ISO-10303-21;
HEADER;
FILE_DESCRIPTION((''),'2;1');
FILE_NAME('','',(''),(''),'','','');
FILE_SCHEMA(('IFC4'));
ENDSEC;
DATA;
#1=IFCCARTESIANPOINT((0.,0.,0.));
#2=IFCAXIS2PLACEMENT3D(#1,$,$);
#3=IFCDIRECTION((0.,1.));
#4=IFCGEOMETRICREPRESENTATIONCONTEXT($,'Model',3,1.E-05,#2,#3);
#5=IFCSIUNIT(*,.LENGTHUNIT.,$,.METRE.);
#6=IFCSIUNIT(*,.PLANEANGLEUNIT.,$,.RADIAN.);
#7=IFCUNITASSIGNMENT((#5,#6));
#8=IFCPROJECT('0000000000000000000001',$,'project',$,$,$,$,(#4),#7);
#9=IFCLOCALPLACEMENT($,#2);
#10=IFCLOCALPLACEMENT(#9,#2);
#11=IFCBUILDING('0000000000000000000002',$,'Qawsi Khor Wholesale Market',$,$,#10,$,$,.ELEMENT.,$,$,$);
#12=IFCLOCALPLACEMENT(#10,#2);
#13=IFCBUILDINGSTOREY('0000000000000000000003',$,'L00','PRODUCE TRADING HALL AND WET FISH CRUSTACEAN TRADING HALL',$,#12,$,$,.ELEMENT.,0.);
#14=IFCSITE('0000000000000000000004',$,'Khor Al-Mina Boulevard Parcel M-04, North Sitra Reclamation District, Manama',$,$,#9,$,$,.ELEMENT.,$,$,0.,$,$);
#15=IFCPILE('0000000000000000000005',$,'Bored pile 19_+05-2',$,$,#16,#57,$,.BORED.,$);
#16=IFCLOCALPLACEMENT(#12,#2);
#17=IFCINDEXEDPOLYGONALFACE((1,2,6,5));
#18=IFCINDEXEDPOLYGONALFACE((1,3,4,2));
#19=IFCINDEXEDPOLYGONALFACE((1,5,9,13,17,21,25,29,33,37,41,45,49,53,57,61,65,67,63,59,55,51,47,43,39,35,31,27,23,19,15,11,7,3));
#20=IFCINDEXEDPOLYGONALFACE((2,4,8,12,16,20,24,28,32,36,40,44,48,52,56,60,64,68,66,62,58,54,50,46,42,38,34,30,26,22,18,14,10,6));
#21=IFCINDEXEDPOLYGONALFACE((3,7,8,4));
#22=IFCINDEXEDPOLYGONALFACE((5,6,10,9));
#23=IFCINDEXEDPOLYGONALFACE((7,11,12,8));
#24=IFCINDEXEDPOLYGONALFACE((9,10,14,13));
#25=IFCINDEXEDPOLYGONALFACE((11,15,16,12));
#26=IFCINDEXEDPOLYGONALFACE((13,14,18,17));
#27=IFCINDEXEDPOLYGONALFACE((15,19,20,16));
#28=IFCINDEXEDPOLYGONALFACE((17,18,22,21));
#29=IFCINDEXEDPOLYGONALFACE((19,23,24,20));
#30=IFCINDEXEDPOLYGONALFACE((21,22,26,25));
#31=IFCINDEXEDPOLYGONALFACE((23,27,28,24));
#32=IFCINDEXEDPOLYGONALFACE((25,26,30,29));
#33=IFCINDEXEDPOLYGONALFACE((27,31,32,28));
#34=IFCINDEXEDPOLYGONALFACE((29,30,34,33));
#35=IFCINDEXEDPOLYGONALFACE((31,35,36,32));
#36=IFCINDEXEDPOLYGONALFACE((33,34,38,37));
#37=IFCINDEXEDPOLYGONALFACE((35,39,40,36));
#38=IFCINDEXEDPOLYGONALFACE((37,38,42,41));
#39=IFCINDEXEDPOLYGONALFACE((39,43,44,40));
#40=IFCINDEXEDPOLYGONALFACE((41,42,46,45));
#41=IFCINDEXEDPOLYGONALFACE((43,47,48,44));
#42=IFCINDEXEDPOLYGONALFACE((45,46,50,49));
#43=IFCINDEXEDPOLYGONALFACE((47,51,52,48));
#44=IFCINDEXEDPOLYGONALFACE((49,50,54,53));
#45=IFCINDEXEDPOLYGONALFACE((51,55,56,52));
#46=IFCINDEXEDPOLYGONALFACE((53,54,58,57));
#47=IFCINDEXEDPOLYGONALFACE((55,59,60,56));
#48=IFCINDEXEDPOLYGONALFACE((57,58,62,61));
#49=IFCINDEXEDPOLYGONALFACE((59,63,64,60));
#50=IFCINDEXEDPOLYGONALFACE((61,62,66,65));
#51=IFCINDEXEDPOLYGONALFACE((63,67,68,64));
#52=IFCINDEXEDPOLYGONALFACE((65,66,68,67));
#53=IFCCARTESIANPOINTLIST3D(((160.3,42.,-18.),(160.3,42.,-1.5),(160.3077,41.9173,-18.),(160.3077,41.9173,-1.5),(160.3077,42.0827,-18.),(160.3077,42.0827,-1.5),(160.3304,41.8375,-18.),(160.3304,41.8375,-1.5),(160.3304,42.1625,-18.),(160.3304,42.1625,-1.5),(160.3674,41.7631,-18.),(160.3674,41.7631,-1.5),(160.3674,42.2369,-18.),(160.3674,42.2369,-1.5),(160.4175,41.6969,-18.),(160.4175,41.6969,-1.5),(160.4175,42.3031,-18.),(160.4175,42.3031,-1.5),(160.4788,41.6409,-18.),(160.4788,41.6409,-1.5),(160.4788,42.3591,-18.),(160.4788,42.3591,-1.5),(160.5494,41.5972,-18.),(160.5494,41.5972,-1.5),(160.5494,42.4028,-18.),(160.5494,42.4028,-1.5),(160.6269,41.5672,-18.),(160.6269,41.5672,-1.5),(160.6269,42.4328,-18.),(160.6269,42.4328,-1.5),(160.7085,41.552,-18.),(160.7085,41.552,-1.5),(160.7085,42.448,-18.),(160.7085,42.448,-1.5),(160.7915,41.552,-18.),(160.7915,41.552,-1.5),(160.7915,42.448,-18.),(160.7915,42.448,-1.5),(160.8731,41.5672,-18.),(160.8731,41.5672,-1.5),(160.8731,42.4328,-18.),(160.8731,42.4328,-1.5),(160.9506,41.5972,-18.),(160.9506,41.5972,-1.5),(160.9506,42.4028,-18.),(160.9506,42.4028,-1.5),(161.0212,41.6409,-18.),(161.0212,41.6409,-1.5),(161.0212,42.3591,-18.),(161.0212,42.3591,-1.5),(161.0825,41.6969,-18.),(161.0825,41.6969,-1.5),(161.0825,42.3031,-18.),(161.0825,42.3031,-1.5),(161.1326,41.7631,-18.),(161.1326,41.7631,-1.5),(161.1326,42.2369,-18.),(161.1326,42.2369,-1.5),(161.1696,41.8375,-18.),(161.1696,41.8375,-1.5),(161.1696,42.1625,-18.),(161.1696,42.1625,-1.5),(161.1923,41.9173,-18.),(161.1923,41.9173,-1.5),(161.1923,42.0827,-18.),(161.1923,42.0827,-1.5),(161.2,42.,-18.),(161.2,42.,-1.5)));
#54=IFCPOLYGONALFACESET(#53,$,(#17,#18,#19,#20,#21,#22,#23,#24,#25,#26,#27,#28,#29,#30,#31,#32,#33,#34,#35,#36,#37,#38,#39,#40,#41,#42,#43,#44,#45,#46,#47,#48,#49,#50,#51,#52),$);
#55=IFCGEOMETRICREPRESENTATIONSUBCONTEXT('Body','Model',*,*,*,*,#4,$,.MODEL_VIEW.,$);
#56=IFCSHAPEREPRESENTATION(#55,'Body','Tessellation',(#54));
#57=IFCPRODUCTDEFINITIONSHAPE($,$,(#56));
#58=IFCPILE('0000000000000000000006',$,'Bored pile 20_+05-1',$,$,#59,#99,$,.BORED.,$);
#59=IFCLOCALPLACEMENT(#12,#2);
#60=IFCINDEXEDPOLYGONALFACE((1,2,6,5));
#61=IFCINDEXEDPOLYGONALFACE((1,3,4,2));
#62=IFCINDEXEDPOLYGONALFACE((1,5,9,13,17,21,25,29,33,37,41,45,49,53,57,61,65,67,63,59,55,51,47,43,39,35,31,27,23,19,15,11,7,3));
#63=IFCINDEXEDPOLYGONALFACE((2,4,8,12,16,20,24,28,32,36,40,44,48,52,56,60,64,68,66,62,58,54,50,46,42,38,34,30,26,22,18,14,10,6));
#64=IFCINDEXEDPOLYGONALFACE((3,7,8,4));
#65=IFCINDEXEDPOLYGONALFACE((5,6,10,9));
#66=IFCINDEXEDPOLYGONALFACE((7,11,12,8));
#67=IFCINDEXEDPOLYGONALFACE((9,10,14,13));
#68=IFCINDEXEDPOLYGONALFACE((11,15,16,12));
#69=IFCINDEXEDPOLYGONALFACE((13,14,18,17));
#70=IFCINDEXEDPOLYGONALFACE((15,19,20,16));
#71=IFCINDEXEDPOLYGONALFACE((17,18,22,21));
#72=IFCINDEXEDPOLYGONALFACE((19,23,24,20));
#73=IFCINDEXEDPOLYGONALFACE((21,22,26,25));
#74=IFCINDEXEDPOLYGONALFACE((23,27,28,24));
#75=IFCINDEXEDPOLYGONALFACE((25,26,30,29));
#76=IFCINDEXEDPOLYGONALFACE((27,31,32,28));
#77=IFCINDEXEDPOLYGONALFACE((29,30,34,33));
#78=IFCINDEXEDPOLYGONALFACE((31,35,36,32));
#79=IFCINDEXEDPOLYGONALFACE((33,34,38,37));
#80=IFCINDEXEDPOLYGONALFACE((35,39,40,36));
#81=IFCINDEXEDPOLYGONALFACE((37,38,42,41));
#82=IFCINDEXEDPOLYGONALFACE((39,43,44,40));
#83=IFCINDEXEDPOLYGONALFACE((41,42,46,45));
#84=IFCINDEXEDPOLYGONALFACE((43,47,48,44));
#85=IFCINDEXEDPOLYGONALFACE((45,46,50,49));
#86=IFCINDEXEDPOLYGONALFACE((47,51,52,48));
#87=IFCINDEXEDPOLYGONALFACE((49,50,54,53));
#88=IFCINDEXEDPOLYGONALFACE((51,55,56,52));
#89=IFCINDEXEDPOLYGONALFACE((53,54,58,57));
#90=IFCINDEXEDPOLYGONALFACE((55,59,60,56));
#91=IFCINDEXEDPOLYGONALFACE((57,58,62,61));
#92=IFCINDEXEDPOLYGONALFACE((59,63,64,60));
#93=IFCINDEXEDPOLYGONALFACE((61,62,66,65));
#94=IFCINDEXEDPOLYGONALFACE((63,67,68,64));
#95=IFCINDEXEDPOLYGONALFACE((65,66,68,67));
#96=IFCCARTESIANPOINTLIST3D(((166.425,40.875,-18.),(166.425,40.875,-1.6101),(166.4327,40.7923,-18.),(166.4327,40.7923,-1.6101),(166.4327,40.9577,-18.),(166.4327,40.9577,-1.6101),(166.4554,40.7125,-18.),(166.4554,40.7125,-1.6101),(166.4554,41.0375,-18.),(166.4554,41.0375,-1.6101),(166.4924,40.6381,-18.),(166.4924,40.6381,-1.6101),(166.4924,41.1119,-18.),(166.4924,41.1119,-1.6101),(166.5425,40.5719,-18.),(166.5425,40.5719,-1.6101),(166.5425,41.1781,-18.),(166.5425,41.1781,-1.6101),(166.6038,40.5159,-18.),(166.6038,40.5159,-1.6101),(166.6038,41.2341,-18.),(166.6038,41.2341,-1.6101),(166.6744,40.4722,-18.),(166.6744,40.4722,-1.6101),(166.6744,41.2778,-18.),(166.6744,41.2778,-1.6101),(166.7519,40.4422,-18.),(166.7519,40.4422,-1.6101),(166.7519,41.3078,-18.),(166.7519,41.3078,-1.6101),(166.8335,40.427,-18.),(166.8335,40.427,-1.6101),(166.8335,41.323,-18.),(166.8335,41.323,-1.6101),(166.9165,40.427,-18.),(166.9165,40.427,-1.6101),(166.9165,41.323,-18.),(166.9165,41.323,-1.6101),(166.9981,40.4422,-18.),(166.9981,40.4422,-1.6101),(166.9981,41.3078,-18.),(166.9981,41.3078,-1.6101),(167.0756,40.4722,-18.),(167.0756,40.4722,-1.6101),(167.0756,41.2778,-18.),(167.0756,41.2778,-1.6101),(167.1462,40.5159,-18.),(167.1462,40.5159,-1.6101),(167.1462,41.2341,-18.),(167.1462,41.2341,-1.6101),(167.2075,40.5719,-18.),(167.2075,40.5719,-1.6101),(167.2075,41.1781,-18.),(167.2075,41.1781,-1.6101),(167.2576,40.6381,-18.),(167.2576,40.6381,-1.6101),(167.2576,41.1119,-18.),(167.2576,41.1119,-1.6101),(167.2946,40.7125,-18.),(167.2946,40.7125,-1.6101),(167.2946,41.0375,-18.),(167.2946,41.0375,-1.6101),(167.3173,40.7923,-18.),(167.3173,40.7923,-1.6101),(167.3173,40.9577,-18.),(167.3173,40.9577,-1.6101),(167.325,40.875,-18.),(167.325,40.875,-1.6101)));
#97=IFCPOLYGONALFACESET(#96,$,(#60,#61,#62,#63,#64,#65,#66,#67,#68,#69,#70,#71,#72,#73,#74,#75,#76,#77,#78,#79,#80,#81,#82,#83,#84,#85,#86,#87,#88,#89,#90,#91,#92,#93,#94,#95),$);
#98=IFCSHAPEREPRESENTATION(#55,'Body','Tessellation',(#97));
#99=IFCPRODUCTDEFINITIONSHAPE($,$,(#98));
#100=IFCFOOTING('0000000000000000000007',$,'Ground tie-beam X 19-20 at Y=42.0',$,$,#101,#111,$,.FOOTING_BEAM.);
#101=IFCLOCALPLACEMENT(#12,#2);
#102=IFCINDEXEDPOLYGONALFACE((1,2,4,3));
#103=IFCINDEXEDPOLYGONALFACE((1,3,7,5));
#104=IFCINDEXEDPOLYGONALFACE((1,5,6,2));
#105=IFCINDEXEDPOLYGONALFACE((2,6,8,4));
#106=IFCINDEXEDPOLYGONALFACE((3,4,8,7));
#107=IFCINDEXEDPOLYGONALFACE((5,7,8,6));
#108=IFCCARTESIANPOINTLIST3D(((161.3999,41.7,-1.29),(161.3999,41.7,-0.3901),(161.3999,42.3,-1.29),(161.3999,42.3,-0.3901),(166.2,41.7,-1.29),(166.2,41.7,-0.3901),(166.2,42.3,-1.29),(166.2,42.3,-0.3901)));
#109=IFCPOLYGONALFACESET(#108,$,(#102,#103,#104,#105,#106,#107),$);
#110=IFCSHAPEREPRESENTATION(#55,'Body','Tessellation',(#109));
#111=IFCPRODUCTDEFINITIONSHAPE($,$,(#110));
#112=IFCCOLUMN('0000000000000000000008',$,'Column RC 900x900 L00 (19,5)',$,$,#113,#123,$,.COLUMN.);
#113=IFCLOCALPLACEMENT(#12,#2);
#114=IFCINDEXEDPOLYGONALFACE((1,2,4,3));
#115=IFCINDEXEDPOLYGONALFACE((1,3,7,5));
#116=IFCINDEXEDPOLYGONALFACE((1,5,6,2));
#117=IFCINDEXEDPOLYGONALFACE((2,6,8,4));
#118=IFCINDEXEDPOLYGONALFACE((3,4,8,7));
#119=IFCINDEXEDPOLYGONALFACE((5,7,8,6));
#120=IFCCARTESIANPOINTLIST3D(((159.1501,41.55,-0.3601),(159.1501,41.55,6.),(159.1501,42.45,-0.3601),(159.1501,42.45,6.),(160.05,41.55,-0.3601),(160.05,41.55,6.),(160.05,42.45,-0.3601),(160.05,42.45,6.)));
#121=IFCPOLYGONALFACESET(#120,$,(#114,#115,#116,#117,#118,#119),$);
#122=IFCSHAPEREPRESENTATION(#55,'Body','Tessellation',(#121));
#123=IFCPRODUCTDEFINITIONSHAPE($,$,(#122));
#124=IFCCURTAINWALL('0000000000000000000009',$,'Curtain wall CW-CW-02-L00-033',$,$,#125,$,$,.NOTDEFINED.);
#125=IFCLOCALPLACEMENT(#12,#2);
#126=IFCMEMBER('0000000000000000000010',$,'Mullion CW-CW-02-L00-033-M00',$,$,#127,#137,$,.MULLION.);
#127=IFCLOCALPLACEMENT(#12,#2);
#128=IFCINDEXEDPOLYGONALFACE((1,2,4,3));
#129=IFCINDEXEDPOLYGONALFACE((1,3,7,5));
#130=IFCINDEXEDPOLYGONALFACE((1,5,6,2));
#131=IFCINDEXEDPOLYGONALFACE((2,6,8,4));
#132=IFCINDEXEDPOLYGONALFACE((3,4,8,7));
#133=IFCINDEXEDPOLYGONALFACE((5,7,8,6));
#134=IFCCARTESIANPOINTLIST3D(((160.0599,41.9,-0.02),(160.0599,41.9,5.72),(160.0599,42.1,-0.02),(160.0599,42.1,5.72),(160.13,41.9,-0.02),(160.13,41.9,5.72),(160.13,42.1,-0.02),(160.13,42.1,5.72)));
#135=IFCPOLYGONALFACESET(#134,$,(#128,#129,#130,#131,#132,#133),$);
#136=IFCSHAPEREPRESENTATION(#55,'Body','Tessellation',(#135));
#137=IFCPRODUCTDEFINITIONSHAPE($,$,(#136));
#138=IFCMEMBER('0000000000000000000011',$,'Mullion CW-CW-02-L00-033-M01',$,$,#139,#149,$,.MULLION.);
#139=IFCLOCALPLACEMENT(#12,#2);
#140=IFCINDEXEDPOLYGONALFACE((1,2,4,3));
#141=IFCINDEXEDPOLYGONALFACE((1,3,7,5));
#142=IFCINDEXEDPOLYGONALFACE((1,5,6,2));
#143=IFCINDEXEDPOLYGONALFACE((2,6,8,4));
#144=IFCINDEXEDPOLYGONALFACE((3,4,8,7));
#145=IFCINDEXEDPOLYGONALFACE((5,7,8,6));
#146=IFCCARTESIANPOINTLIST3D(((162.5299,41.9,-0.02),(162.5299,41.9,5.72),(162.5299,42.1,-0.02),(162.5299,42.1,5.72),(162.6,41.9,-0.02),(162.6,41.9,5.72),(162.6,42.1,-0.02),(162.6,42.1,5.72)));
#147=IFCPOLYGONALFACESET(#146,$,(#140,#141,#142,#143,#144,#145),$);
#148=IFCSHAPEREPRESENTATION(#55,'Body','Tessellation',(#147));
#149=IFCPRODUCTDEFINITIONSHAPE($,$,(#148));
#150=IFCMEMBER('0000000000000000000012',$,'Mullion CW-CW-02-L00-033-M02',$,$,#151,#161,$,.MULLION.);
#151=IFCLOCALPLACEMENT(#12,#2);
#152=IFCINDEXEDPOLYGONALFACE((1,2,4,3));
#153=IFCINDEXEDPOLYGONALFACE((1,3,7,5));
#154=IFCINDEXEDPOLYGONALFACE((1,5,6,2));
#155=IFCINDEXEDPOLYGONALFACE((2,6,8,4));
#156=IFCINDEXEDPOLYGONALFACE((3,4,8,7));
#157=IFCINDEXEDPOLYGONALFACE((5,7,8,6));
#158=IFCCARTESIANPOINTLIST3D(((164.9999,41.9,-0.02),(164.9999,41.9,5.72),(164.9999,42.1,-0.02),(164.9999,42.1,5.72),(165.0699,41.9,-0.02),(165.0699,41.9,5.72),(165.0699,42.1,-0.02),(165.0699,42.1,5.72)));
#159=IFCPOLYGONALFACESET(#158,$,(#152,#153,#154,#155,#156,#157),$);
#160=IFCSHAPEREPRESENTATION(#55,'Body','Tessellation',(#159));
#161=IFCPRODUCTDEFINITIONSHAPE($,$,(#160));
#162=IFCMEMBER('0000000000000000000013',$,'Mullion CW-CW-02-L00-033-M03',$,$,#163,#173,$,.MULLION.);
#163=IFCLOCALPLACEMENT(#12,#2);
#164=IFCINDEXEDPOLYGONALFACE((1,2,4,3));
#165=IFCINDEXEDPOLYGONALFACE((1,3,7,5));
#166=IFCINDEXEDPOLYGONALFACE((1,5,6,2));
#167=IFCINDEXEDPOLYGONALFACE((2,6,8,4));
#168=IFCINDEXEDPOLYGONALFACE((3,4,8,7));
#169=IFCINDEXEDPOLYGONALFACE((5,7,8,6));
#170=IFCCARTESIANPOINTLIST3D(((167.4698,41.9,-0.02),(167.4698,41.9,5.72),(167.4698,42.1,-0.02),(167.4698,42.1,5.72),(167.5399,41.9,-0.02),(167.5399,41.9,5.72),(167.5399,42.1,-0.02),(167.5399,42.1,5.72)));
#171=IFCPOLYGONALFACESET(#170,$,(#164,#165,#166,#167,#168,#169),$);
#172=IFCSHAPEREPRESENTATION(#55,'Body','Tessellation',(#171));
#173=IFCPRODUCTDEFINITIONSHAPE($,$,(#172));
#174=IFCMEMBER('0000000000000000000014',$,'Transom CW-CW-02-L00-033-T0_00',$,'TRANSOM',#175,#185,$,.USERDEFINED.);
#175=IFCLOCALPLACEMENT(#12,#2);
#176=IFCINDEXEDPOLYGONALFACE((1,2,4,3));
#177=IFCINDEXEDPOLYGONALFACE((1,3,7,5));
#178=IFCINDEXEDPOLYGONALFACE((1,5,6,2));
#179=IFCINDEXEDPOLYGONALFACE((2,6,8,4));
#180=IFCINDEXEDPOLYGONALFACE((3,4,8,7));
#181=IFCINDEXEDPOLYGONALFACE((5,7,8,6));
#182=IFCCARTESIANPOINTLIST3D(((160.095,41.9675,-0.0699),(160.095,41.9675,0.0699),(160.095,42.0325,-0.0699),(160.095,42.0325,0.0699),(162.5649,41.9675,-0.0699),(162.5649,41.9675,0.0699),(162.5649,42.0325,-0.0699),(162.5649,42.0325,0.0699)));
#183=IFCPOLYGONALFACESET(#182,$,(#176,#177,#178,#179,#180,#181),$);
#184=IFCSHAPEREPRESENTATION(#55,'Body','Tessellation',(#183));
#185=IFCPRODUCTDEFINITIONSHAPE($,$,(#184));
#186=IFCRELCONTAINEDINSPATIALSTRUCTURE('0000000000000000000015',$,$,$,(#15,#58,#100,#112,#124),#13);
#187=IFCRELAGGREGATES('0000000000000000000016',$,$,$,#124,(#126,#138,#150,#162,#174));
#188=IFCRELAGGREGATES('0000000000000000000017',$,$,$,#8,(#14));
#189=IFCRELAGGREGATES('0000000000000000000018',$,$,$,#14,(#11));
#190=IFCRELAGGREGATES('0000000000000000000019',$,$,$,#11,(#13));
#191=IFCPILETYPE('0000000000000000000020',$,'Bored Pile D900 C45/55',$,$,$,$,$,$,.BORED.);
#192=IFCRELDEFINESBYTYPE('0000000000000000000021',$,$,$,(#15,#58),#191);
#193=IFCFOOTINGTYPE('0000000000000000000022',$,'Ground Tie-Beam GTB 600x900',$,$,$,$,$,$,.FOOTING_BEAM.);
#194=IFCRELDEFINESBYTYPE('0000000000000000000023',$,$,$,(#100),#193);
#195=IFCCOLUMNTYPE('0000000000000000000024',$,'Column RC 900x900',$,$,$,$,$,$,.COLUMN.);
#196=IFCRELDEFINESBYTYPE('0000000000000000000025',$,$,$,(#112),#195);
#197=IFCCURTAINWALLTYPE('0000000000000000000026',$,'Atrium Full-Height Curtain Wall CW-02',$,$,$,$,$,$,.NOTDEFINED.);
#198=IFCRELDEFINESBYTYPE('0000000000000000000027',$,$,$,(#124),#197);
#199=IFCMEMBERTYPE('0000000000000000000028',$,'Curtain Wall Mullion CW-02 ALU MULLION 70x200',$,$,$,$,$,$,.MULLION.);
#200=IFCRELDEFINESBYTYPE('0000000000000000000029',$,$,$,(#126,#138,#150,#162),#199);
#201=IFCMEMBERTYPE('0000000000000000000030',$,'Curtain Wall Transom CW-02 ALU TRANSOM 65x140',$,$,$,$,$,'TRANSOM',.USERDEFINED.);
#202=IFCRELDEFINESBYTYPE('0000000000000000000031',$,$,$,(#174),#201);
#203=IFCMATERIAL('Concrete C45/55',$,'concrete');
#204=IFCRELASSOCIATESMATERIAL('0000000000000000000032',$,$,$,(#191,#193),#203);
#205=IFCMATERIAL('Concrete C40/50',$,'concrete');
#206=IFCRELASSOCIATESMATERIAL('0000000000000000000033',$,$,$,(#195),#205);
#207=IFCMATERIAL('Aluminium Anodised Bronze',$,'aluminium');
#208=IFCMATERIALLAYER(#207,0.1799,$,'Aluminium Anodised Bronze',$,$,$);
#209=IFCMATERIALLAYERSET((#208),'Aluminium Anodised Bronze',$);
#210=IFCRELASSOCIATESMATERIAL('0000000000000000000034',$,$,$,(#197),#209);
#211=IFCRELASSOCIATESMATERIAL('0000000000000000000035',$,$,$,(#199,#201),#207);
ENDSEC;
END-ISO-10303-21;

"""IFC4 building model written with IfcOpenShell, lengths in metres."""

from ifc_helpers import new_model, si_unit, direction, frame, origin, origin_2d, place, context, subcontext, project, spatial, rectangle, circle, extrude, material, layer, layer_set, material_profile, profile_set, type_object, element, aggregate, save


model = new_model("IFC4")

# Units and contexts
model_context = context("Model", 3, precision=1e-05, world=origin(), true_north=direction((0.0, 1.0)))
body_context = subcontext(model_context, "Body", "Model", "MODEL_VIEW")
ifc_project = project(units=[si_unit("LENGTHUNIT", "METRE"), si_unit("PLANEANGLEUNIT", "RADIAN")], contexts=[model_context])

# Site, building, storey
site_placement = place(None, origin())
site = spatial("IfcSite", under=ifc_project, at=site_placement, Name="Khor Al-Mina Boulevard Parcel M-04, North Sitra Reclamation District, Manama", CompositionType="ELEMENT", RefElevation=0.0)
building_placement = place(site_placement, origin())
building = spatial("IfcBuilding", under=site, at=building_placement, Name="Qawsi Khor Wholesale Market", CompositionType="ELEMENT")
storey_placement = place(building_placement, origin())
storey = spatial("IfcBuildingStorey", under=building, at=storey_placement, Name="L00", Description="PRODUCE TRADING HALL AND WET FISH CRUSTACEAN TRADING HALL", CompositionType="ELEMENT", Elevation=0.0)

# Piles
ifc_material_1 = material(Name="Concrete C45/55", Category="concrete")
ifc_material_profile_1 = material_profile(ifc_material_1, circle(Radius=0.45, at=origin_2d()), Name="PILE D900")
ifc_profile_set_1 = profile_set([ifc_material_profile_1], Name="Concrete C45/55")
pile_type = type_object("IfcPileType", Name="Bored Pile D900 C45/55", PredefinedType="BORED", material=ifc_profile_set_1)
pile_1_placement = place(storey_placement, frame((160.75, 42.0, -1.5), z_axis=(0.0, 0.0, -1.0), x_axis=(1.0, 0.0, 0.0)))
element("IfcPile", 1, at=pile_1_placement, inside=storey, type_object=pile_type, Name="Bored pile 19_+05-2", PredefinedType="BORED", context=body_context, shape_type="SweptSolid", body=[
    extrude(circle(Radius=0.45, at=origin_2d()), origin(), (0.0, 0.0, 1.0), 16.5),
])
pile_2_placement = place(storey_placement, frame((166.875, 40.875, -1.6101), z_axis=(0.0, 0.0, -1.0), x_axis=(1.0, 0.0, 0.0)))
element("IfcPile", 2, at=pile_2_placement, inside=storey, type_object=pile_type, Name="Bored pile 20_+05-1", PredefinedType="BORED", context=body_context, shape_type="SweptSolid", body=[
    extrude(circle(Radius=0.45, at=origin_2d()), origin(), (0.0, 0.0, 1.0), 16.3899),
])

# Footing
ifc_material_profile_2 = material_profile(ifc_material_1, rectangle(XDim=0.6001, YDim=0.8999, at=origin_2d()), Name="RC 600x900")
ifc_profile_set_2 = profile_set([ifc_material_profile_2], Name="Concrete C45/55")
footing_type = type_object("IfcFootingType", Name="Ground Tie-Beam GTB 600x900", PredefinedType="FOOTING_BEAM", material=ifc_profile_set_2)
footing_placement = place(storey_placement, frame((161.3999, 42.0, -0.8401), z_axis=(1.0, 0.0, 0.0), x_axis=(0.0, 1.0, 0.0)))
element("IfcFooting", 3, at=footing_placement, inside=storey, type_object=footing_type, Name="Ground tie-beam X 19-20 at Y=42.0", PredefinedType="FOOTING_BEAM", context=body_context, shape_type="SweptSolid", body=[
    extrude(rectangle(XDim=0.6001, YDim=0.8999, at=origin_2d()), origin(), (0.0, 0.0, 1.0), 4.8),
])

# Column
ifc_material_2 = material(Name="Concrete C40/50", Category="concrete")
ifc_material_profile_3 = material_profile(ifc_material_2, rectangle(XDim=0.8999, YDim=0.8999, at=origin_2d()), Name="RC 900x900")
ifc_profile_set_3 = profile_set([ifc_material_profile_3], Name="Concrete C40/50")
column_type = type_object("IfcColumnType", Name="Column RC 900x900", PredefinedType="COLUMN", material=ifc_profile_set_3)
column_placement = place(storey_placement, frame((159.6001, 42.0, -0.3601), z_axis=(0.0, 0.0, 1.0), x_axis=(1.0, 0.0, 0.0)))
element("IfcColumn", 4, at=column_placement, inside=storey, type_object=column_type, Name="Column RC 900x900 L00 (19,5)", PredefinedType="COLUMN", context=body_context, shape_type="SweptSolid", body=[
    extrude(rectangle(XDim=0.8999, YDim=0.8999, at=origin_2d()), origin(), (0.0, 0.0, 1.0), 6.3601),
])

# Curtain wall, members
ifc_material_3 = material(Name="Aluminium Anodised Bronze", Category="aluminium")
ifc_layer_1 = layer(ifc_material_3, 0.1799, Name="Aluminium Anodised Bronze")
ifc_layer_set_1 = layer_set([ifc_layer_1], Name="Aluminium Anodised Bronze")
curtain_wall_type = type_object("IfcCurtainWallType", Name="Atrium Full-Height Curtain Wall CW-02", PredefinedType="NOTDEFINED", material=ifc_layer_set_1)
curtain_wall_placement = place(storey_placement, origin())
curtain_wall = element("IfcCurtainWall", 5, at=curtain_wall_placement, inside=storey, type_object=curtain_wall_type, Name="Curtain wall CW-CW-02-L00-033", PredefinedType="NOTDEFINED")
ifc_material_profile_4 = material_profile(ifc_material_3, rectangle(XDim=0.0701, YDim=0.2, at=origin_2d()), Name="ALU MULLION 70x200")
ifc_profile_set_4 = profile_set([ifc_material_profile_4], Name="Aluminium Anodised Bronze")
member_type_1 = type_object("IfcMemberType", Name="Curtain Wall Mullion CW-02 ALU MULLION 70x200", PredefinedType="MULLION", material=ifc_profile_set_4)
member_1_placement = place(storey_placement, frame((160.095, 42.0, -0.02), z_axis=(0.0, 0.0, 1.0), x_axis=(1.0, 0.0, 0.0)))
member_1 = element("IfcMember", 6, at=member_1_placement, type_object=member_type_1, Name="Mullion CW-CW-02-L00-033-M00", PredefinedType="MULLION", context=body_context, shape_type="SweptSolid", body=[
    extrude(rectangle(XDim=0.0701, YDim=0.2, at=origin_2d()), origin(), (0.0, 0.0, 1.0), 5.74),
])
member_2_placement = place(storey_placement, frame((162.5649, 42.0, -0.02), z_axis=(0.0, 0.0, 1.0), x_axis=(1.0, 0.0, 0.0)))
member_2 = element("IfcMember", 7, at=member_2_placement, type_object=member_type_1, Name="Mullion CW-CW-02-L00-033-M01", PredefinedType="MULLION", context=body_context, shape_type="SweptSolid", body=[
    extrude(rectangle(XDim=0.0701, YDim=0.2, at=origin_2d()), origin(), (0.0, 0.0, 1.0), 5.74),
])
member_3_placement = place(storey_placement, frame((165.0349, 42.0, -0.02), z_axis=(0.0, 0.0, 1.0), x_axis=(1.0, 0.0, 0.0)))
member_3 = element("IfcMember", 8, at=member_3_placement, type_object=member_type_1, Name="Mullion CW-CW-02-L00-033-M02", PredefinedType="MULLION", context=body_context, shape_type="SweptSolid", body=[
    extrude(rectangle(XDim=0.0701, YDim=0.2, at=origin_2d()), origin(), (0.0, 0.0, 1.0), 5.74),
])
member_4_placement = place(storey_placement, frame((167.5049, 42.0, -0.02), z_axis=(0.0, 0.0, 1.0), x_axis=(1.0, 0.0, 0.0)))
member_4 = element("IfcMember", 9, at=member_4_placement, type_object=member_type_1, Name="Mullion CW-CW-02-L00-033-M03", PredefinedType="MULLION", context=body_context, shape_type="SweptSolid", body=[
    extrude(rectangle(XDim=0.0701, YDim=0.2, at=origin_2d()), origin(), (0.0, 0.0, 1.0), 5.74),
])
ifc_material_profile_5 = material_profile(ifc_material_3, rectangle(XDim=0.0649, YDim=0.1399, at=origin_2d()), Name="ALU TRANSOM 65x140")
ifc_profile_set_5 = profile_set([ifc_material_profile_5], Name="Aluminium Anodised Bronze")
member_type_2 = type_object("IfcMemberType", Name="Curtain Wall Transom CW-02 ALU TRANSOM 65x140", ElementType="TRANSOM", PredefinedType="USERDEFINED", material=ifc_profile_set_5)
member_5_placement = place(storey_placement, frame((160.095, 42.0, 0.0), z_axis=(1.0, 0.0, 0.0), x_axis=(0.0, 1.0, 0.0)))
member_5 = element("IfcMember", 10, at=member_5_placement, type_object=member_type_2, Name="Transom CW-CW-02-L00-033-T0_00", ObjectType="TRANSOM", PredefinedType="USERDEFINED", context=body_context, shape_type="SweptSolid", body=[
    extrude(rectangle(XDim=0.0649, YDim=0.1399, at=origin_2d()), origin(), (0.0, 0.0, 1.0), 2.47),
])
aggregate(curtain_wall, [member_1, member_2, member_3, member_4, member_5])

save(model, "model.ifc")
